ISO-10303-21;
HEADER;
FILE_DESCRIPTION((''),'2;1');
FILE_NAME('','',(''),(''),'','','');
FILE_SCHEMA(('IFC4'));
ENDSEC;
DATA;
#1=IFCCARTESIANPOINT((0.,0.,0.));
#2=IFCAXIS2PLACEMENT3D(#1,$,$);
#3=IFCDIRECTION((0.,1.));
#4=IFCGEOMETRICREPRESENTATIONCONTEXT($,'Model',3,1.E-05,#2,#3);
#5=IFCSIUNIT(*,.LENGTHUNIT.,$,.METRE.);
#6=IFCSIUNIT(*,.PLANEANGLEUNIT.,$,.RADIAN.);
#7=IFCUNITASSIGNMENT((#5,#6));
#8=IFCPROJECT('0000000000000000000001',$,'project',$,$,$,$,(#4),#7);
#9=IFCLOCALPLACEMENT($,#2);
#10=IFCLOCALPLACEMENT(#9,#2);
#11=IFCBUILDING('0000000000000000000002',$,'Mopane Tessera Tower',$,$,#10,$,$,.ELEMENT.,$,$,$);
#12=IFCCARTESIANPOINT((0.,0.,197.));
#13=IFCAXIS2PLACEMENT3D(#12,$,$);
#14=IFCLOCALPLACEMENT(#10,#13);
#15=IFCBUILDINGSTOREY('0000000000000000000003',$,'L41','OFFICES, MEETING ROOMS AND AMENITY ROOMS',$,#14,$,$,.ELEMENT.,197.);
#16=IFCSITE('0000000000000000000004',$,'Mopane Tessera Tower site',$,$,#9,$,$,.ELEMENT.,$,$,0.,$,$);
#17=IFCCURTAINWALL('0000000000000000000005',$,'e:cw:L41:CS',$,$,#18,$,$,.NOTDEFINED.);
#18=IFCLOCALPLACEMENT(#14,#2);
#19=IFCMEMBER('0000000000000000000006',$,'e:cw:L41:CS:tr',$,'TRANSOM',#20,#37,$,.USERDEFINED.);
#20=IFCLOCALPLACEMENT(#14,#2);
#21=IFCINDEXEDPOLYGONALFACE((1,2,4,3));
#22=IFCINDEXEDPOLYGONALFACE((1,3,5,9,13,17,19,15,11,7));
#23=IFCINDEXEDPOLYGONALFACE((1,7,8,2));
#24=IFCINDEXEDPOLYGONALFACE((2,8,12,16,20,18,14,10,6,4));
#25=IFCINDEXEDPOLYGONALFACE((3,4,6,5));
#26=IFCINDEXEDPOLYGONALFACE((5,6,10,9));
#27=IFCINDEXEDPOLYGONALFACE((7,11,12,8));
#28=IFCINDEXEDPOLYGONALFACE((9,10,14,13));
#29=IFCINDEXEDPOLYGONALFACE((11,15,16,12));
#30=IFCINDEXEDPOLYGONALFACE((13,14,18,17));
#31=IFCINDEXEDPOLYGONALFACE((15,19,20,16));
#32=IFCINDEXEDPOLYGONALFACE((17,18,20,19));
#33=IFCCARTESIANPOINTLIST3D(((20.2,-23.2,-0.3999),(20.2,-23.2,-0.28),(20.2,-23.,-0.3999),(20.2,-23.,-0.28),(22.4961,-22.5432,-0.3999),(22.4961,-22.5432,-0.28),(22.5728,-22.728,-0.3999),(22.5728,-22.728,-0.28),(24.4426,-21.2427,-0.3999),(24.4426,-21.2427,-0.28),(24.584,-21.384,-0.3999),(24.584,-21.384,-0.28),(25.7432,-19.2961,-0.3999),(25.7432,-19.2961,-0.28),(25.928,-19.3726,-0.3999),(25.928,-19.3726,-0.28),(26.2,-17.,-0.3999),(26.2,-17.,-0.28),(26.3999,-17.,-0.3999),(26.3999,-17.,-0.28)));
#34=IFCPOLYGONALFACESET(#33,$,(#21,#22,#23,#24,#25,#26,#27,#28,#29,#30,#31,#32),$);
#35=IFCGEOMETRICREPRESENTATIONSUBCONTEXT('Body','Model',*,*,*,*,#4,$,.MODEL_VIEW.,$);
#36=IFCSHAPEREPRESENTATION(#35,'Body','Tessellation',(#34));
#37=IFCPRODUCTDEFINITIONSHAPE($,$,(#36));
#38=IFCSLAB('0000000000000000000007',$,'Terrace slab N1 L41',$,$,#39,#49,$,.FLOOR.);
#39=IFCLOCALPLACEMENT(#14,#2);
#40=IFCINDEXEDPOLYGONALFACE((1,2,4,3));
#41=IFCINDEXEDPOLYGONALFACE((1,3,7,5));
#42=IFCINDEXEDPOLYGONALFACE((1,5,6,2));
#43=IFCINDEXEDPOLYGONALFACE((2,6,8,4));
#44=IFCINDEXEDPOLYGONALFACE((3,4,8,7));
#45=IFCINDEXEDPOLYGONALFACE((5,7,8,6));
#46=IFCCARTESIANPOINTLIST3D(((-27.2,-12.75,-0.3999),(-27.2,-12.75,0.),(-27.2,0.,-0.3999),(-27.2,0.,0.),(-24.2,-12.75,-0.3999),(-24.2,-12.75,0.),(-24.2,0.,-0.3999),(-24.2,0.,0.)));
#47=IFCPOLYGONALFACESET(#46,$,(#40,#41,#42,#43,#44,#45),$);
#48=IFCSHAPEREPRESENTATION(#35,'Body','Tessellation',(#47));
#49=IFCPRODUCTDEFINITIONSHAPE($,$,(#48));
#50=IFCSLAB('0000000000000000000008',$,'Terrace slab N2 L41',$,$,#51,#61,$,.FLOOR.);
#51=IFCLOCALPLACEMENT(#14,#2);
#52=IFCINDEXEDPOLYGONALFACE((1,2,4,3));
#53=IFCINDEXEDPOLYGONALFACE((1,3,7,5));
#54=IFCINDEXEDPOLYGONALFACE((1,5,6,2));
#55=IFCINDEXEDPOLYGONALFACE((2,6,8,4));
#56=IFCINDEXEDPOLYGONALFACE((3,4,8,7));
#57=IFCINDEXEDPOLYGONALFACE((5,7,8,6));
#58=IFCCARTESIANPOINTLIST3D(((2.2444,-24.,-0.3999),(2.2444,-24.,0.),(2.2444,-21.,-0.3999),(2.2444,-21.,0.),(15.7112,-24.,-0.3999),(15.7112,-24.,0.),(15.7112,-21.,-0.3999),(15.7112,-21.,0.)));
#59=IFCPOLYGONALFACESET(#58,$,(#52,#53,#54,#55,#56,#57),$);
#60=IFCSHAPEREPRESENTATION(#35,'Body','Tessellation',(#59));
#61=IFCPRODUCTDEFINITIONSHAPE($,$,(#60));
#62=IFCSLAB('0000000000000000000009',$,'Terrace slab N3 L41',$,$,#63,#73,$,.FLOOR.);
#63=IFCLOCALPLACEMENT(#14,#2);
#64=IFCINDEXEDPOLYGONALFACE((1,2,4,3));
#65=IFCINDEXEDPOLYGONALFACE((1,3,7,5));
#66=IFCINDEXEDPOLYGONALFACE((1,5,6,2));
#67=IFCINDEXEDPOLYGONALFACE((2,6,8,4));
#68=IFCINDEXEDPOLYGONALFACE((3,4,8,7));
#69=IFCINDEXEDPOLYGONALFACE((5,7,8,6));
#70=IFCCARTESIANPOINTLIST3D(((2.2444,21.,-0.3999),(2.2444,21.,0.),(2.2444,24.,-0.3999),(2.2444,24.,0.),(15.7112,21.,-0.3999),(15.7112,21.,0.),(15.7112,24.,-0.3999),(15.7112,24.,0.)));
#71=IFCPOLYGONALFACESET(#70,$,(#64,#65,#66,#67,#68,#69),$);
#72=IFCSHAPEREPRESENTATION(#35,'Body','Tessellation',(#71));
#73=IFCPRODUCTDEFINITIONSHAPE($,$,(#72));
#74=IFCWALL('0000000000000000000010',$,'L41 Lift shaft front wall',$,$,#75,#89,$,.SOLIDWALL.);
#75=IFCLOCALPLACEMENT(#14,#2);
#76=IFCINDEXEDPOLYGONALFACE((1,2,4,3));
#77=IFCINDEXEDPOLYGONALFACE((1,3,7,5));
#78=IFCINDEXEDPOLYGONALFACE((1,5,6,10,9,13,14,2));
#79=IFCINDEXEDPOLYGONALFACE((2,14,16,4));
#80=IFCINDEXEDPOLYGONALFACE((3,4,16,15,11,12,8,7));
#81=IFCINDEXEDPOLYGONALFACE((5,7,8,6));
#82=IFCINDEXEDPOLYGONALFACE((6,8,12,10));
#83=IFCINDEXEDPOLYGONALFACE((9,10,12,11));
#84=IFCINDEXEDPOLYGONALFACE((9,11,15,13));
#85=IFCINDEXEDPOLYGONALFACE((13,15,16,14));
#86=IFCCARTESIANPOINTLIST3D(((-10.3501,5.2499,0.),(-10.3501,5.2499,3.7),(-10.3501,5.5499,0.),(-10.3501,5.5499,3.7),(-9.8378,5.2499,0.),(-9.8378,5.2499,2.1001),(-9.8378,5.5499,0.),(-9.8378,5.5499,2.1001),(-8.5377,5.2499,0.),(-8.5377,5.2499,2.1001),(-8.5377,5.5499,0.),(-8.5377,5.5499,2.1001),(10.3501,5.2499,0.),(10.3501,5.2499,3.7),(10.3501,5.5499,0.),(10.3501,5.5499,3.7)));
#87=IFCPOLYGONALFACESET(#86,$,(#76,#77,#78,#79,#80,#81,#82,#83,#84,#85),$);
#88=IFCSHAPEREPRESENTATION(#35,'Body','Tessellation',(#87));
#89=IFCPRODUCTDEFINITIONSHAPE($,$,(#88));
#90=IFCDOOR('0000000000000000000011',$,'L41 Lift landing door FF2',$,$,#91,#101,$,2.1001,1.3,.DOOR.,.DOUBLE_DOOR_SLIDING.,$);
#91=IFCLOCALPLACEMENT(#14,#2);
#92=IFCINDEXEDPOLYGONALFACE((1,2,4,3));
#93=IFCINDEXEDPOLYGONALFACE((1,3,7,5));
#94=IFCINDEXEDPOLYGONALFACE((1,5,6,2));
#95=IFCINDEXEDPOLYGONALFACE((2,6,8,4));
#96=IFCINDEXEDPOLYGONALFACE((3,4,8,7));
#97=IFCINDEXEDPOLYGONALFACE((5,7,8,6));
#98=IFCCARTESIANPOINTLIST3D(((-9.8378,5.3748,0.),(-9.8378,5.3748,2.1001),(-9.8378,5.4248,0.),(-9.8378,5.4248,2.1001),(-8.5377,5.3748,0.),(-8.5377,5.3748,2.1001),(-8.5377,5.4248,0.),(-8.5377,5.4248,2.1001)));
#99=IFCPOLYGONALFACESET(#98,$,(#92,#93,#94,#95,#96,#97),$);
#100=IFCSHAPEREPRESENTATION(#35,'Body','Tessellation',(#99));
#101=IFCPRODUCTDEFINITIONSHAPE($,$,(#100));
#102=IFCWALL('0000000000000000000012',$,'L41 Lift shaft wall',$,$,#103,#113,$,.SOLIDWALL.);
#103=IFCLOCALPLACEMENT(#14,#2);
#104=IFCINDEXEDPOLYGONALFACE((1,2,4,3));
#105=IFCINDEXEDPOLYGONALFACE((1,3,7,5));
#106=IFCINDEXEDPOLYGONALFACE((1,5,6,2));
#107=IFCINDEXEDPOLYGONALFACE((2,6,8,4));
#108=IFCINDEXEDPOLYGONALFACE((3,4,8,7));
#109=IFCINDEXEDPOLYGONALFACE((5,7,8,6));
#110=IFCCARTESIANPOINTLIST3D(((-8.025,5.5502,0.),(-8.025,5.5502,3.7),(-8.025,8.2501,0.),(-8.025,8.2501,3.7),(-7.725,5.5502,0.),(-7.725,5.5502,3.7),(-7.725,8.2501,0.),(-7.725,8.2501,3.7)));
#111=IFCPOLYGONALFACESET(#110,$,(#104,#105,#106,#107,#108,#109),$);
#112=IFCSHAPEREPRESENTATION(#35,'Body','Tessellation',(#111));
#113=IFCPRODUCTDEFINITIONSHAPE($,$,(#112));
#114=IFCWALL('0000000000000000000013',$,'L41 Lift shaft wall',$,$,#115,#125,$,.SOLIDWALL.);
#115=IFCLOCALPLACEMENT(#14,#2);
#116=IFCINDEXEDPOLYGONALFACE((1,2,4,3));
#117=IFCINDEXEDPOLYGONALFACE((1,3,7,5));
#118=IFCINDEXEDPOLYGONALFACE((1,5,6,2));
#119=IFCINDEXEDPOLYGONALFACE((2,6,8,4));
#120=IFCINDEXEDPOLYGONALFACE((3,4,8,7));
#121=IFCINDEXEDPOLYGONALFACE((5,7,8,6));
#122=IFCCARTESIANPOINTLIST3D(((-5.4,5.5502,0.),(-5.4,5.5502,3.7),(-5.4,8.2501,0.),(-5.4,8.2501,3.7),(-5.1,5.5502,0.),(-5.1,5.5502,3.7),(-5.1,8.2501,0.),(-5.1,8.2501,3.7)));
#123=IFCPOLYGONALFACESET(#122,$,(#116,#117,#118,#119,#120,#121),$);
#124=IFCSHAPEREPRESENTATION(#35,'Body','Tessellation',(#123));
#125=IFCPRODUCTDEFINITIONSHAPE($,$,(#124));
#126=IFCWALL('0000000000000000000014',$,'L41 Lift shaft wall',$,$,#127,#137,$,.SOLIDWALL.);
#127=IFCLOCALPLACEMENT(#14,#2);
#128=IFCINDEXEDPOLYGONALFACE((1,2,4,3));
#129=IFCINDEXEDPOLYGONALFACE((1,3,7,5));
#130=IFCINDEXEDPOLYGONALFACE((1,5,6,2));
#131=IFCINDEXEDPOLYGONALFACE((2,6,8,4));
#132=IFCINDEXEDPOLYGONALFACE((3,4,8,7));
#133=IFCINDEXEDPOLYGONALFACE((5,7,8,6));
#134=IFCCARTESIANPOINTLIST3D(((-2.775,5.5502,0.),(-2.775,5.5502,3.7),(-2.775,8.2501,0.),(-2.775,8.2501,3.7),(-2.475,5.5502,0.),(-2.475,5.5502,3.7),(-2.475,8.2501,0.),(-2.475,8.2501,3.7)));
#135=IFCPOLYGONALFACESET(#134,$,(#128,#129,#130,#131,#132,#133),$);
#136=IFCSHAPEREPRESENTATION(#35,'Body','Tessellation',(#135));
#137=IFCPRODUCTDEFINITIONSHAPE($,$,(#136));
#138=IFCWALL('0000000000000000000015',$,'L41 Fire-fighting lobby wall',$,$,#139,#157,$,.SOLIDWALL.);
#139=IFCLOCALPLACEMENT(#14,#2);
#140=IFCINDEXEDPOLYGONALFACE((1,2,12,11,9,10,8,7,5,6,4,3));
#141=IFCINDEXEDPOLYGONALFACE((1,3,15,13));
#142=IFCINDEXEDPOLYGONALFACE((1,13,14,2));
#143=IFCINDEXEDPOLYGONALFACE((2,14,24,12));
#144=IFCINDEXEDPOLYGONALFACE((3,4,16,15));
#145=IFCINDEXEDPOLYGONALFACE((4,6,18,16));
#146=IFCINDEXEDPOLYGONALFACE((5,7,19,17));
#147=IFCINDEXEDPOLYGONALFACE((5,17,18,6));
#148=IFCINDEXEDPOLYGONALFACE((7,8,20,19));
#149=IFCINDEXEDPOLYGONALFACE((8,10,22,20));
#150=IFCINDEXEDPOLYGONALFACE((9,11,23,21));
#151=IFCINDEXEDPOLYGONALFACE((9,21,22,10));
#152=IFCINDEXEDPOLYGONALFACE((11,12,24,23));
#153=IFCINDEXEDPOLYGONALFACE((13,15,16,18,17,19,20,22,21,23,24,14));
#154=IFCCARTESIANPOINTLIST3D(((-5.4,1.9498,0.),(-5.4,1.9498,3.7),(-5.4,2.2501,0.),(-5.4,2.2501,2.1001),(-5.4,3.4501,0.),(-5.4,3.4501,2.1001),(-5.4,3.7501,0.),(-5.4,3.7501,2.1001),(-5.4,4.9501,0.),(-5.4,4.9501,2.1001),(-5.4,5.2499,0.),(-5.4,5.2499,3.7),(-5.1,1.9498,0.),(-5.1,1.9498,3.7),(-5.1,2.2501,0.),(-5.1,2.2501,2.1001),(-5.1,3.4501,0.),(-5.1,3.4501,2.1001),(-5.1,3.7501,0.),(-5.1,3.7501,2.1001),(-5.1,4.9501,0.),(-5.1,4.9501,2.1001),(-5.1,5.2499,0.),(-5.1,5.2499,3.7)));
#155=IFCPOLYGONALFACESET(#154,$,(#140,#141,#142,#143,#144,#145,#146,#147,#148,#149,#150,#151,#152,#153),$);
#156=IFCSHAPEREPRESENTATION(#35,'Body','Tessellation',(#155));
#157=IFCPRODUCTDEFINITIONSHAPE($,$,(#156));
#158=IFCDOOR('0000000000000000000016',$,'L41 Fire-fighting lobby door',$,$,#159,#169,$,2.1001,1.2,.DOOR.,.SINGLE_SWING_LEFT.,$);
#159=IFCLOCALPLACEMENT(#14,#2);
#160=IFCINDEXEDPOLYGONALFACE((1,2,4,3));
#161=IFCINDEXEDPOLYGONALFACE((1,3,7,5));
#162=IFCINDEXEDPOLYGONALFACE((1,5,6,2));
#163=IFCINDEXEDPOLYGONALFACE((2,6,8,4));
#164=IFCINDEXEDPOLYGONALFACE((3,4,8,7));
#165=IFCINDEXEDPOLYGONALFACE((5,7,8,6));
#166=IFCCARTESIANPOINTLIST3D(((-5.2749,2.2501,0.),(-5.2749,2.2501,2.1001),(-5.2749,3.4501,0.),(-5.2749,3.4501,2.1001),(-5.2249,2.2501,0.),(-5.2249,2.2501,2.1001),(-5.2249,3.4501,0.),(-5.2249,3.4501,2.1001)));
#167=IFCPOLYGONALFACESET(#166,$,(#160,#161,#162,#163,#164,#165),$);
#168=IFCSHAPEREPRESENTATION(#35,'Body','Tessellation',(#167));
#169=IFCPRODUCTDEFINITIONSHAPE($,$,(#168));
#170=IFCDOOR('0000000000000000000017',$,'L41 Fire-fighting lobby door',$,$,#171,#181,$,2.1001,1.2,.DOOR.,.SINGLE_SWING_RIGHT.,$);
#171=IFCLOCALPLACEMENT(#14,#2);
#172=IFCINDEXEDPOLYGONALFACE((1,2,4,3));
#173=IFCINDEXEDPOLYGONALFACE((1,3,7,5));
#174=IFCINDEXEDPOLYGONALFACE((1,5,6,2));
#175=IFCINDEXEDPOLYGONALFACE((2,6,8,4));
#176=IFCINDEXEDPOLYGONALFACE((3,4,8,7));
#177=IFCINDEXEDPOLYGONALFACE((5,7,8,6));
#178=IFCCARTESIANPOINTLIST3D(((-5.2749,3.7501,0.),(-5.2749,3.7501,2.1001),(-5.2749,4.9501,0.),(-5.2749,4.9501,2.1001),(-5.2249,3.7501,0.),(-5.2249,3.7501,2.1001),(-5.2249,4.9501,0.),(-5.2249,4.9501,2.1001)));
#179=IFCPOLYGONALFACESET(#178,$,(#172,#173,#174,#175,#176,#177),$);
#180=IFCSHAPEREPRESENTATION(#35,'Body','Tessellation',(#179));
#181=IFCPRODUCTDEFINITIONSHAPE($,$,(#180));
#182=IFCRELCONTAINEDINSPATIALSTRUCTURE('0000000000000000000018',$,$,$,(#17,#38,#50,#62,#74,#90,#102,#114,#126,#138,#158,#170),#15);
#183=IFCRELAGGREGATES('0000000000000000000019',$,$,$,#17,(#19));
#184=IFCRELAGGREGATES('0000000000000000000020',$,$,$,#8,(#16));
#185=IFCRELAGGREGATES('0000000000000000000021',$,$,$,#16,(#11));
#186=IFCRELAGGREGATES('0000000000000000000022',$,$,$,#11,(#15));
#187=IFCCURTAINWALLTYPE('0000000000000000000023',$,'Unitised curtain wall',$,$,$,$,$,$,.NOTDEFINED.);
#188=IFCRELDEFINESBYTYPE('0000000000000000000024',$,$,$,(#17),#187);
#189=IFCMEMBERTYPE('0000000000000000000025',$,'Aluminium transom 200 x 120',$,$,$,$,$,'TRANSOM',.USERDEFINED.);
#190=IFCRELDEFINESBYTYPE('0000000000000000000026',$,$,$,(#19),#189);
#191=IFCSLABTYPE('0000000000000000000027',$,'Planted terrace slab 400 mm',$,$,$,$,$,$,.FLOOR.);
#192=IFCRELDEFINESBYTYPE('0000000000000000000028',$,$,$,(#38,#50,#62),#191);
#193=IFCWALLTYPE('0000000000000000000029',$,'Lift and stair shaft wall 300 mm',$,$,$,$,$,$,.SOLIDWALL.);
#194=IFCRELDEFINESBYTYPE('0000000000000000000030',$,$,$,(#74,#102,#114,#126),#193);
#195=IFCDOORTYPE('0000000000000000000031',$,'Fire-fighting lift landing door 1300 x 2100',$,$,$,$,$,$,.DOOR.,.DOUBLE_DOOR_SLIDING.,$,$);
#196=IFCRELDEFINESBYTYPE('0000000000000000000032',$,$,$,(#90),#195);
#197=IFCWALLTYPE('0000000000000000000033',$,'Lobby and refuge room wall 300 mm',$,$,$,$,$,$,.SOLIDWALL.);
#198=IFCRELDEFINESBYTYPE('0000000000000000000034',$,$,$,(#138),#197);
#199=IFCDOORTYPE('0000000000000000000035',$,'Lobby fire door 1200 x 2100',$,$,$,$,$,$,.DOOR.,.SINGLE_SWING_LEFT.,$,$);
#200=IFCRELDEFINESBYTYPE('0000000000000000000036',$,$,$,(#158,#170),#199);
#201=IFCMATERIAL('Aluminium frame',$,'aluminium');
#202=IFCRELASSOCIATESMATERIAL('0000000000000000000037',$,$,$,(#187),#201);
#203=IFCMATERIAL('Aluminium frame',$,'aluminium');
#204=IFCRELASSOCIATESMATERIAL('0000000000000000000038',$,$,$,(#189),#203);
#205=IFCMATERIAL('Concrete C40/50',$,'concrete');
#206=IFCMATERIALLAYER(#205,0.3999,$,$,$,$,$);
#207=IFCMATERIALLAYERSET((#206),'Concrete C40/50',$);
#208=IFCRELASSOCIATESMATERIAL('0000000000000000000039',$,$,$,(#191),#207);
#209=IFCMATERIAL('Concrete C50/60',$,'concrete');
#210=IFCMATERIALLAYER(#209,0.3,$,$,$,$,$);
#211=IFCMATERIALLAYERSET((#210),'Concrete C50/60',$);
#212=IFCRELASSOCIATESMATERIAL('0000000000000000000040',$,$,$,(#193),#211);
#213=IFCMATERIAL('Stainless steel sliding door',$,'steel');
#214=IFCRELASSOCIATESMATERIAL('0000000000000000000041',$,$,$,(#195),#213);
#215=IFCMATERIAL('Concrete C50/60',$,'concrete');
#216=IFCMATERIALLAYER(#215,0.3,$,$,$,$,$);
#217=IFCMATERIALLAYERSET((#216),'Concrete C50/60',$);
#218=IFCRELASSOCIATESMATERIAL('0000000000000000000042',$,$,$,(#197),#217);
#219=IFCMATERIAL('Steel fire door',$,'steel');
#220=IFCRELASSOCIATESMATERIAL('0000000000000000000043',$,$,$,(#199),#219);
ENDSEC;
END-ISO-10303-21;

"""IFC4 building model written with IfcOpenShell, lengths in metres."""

from ifc_helpers import new_model, si_unit, direction, frame, frame_2d, origin, origin_2d, place, context, subcontext, project, spatial, polyline, rectangle, outline, extrude, material, layer, layer_set, material_profile, profile_set, type_object, element, fill, aggregate, save


model = new_model("IFC4")

# Units and contexts
model_context = context("Model", 3, precision=1e-05, world=origin(), true_north=direction((0.0, 1.0)))
body_context = subcontext(model_context, "Body", "Model", "MODEL_VIEW")
ifc_project = project(units=[si_unit("LENGTHUNIT", "METRE"), si_unit("PLANEANGLEUNIT", "RADIAN")], contexts=[model_context])

# Site, building, storey
site_placement = place(None, origin())
site = spatial("IfcSite", under=ifc_project, at=site_placement, Name="Mopane Tessera Tower site", CompositionType="ELEMENT", RefElevation=0.0)
building_placement = place(site_placement, origin())
building = spatial("IfcBuilding", under=site, at=building_placement, Name="Mopane Tessera Tower", CompositionType="ELEMENT")
storey_placement = place(building_placement, frame((0.0, 0.0, 197.0)))
storey = spatial("IfcBuildingStorey", under=building, at=storey_placement, Name="L41", Description="OFFICES, MEETING ROOMS AND AMENITY ROOMS", CompositionType="ELEMENT", Elevation=197.0)

# Curtain wall, member
ifc_material_1 = material(Name="Aluminium frame", Category="aluminium")
curtain_wall_type = type_object("IfcCurtainWallType", Name="Unitised curtain wall", PredefinedType="NOTDEFINED", material=ifc_material_1)
curtain_wall_placement = place(storey_placement, origin())
curtain_wall = element("IfcCurtainWall", 1, at=curtain_wall_placement, inside=storey, type_object=curtain_wall_type, Name="e:cw:L41:CS", PredefinedType="NOTDEFINED")
ifc_material_2 = material(Name="Aluminium frame", Category="aluminium")
ifc_material_profile = material_profile(ifc_material_2, rectangle(XDim=0.2, YDim=0.1201, at=origin_2d()))
ifc_profile_set = profile_set([ifc_material_profile], Name="Aluminium frame")
member_type = type_object("IfcMemberType", Name="Aluminium transom 200 x 120", ElementType="TRANSOM", PredefinedType="USERDEFINED", material=ifc_profile_set)
member_placement = place(storey_placement, frame((0.0, 0.0, -0.3999)))
member = element("IfcMember", 2, at=member_placement, type_object=member_type, Name="e:cw:L41:CS:tr", ObjectType="TRANSOM", PredefinedType="USERDEFINED", context=body_context, shape_type="SweptSolid", body=[
    extrude(outline(polyline([(20.2, -23.0), (22.4961, -22.5432), (24.4426, -21.2427), (25.7432, -19.2961), (26.2, -17.0), (26.3999, -17.0), (25.928, -19.3726), (24.584, -21.384), (22.5728, -22.728), (20.2, -23.2), (20.2, -23.0)])), origin(), (0.0, 0.0, 1.0), 0.1199),
])
aggregate(curtain_wall, [member])

# Slabs
ifc_material_3 = material(Name="Concrete C40/50", Category="concrete")
ifc_layer_1 = layer(ifc_material_3, 0.3999)
ifc_layer_set_1 = layer_set([ifc_layer_1], Name="Concrete C40/50")
slab_type = type_object("IfcSlabType", Name="Planted terrace slab 400 mm", PredefinedType="FLOOR", material=ifc_layer_set_1)
slab_1_placement = place(storey_placement, frame((0.0, 0.0, -0.3999)))
element("IfcSlab", 3, at=slab_1_placement, inside=storey, type_object=slab_type, Name="Terrace slab N1 L41", PredefinedType="FLOOR", context=body_context, shape_type="SweptSolid", body=[
    extrude(outline(polyline([(-27.2, -12.75), (-24.2, -12.75), (-24.2, 0.0), (-27.2, 0.0), (-27.2, -12.75)])), origin(), (0.0, 0.0, 1.0), 0.3999),
])
slab_2_placement = place(storey_placement, frame((0.0, 0.0, -0.3999)))
element("IfcSlab", 4, at=slab_2_placement, inside=storey, type_object=slab_type, Name="Terrace slab N2 L41", PredefinedType="FLOOR", context=body_context, shape_type="SweptSolid", body=[
    extrude(outline(polyline([(15.7112, -24.0), (15.7112, -21.0), (2.2444, -21.0), (2.2444, -24.0), (15.7112, -24.0)])), origin(), (0.0, 0.0, 1.0), 0.3999),
])
slab_3_placement = place(storey_placement, frame((0.0, 0.0, -0.3999)))
element("IfcSlab", 5, at=slab_3_placement, inside=storey, type_object=slab_type, Name="Terrace slab N3 L41", PredefinedType="FLOOR", context=body_context, shape_type="SweptSolid", body=[
    extrude(outline(polyline([(2.2444, 24.0), (2.2444, 21.0), (15.7112, 21.0), (15.7112, 24.0), (2.2444, 24.0)])), origin(), (0.0, 0.0, 1.0), 0.3999),
])

# Wall, opening, door
ifc_material_4 = material(Name="Concrete C50/60", Category="concrete")
ifc_layer_2 = layer(ifc_material_4, 0.3)
ifc_layer_set_2 = layer_set([ifc_layer_2], Name="Concrete C50/60")
wall_type_1 = type_object("IfcWallType", Name="Lift and stair shaft wall 300 mm", PredefinedType="SOLIDWALL", material=ifc_layer_set_2)
wall_1_placement = place(storey_placement, frame((-10.3501, 5.3999, 0.0), z_axis=(0.0, 0.0, 1.0), x_axis=(1.0, 0.0, 0.0)))
wall_1 = element("IfcWall", 6, at=wall_1_placement, inside=storey, type_object=wall_type_1, Name="L41 Lift shaft front wall", PredefinedType="SOLIDWALL", context=body_context, shape_type="SweptSolid", body=[
    extrude(rectangle(XDim=20.7002, YDim=0.3, at=frame_2d((10.3501, 0.0))), origin(), (0.0, 0.0, 1.0), 3.7),
])
opening_1_placement = place(wall_1_placement, frame((0.5125, 0.0, 0.0)))
opening_1 = element("IfcOpeningElement", 7, at=opening_1_placement, cuts=wall_1, PredefinedType="OPENING", context=body_context, shape_type="SweptSolid", body=[
    extrude(rectangle(XDim=1.3, YDim=2.1001, at=frame_2d((0.6499, 1.05))), frame((0.0, 0.1621, 0.0), z_axis=(0.0, -1.0, 0.0), x_axis=(1.0, 0.0, 0.0)), (0.0, 0.0, 1.0), 0.324),
])
ifc_material_5 = material(Name="Stainless steel sliding door", Category="steel")
door_type_1 = type_object("IfcDoorType", Name="Fire-fighting lift landing door 1300 x 2100", OperationType="DOUBLE_DOOR_SLIDING", PredefinedType="DOOR", material=ifc_material_5)
door_1_placement = place(opening_1_placement, origin())
door_1 = element("IfcDoor", 8, at=door_1_placement, inside=storey, type_object=door_type_1, Name="L41 Lift landing door FF2", OperationType="DOUBLE_DOOR_SLIDING", OverallHeight=2.1001, OverallWidth=1.3, PredefinedType="DOOR", context=body_context, shape_type="SweptSolid", body=[
    extrude(rectangle(XDim=1.3, YDim=2.1001, at=frame_2d((0.6499, 1.05))), frame((0.0, 0.0249, 0.0), z_axis=(0.0, -1.0, 0.0), x_axis=(1.0, 0.0, 0.0)), (0.0, 0.0, 1.0), 0.05),
])
fill(opening_1, door_1)

# Walls
for number, where, z_axis, x_axis, name in (
    (9, (-7.875, 5.55, 0.0), (0.0, 0.0, 1.0), (0.0, 1.0, 0.0), "L41 Lift shaft wall"),
    (10, (-5.25, 5.55, 0.0), (0.0, 0.0, 1.0), (0.0, 1.0, 0.0), "L41 Lift shaft wall"),
    (11, (-2.625, 5.55, 0.0), (0.0, 0.0, 1.0), (0.0, 1.0, 0.0), "L41 Lift shaft wall"),
):
    element("IfcWall", number, at=place(storey_placement, frame(where, z_axis=z_axis, x_axis=x_axis)), inside=storey, type_object=wall_type_1, Name=name, PredefinedType="SOLIDWALL", context=body_context, shape_type="SweptSolid", body=[
        extrude(rectangle(XDim=2.7, YDim=0.3, at=frame_2d((1.3501, 0.0))), origin(), (0.0, 0.0, 1.0), 3.7),
    ])

# Wall, openings, doors
ifc_material_6 = material(Name="Concrete C50/60", Category="concrete")
ifc_layer_3 = layer(ifc_material_6, 0.3)
ifc_layer_set_3 = layer_set([ifc_layer_3], Name="Concrete C50/60")
wall_type_2 = type_object("IfcWallType", Name="Lobby and refuge room wall 300 mm", PredefinedType="SOLIDWALL", material=ifc_layer_set_3)
wall_2_placement = place(storey_placement, frame((-5.25, 1.95, 0.0), z_axis=(0.0, 0.0, 1.0), x_axis=(0.0, 1.0, 0.0)))
wall_2 = element("IfcWall", 12, at=wall_2_placement, inside=storey, type_object=wall_type_2, Name="L41 Fire-fighting lobby wall", PredefinedType="SOLIDWALL", context=body_context, shape_type="SweptSolid", body=[
    extrude(rectangle(XDim=3.3, YDim=0.3, at=frame_2d((1.6499, 0.0))), origin(), (0.0, 0.0, 1.0), 3.7),
])
opening_2_placement = place(wall_2_placement, frame((0.3, 0.0, 0.0)))
opening_2 = element("IfcOpeningElement", 13, at=opening_2_placement, cuts=wall_2, PredefinedType="OPENING", context=body_context, shape_type="SweptSolid", body=[
    extrude(rectangle(XDim=1.2, YDim=2.1001, at=frame_2d((0.6001, 1.05))), frame((0.0, 0.1621, 0.0), z_axis=(0.0, -1.0, 0.0), x_axis=(1.0, 0.0, 0.0)), (0.0, 0.0, 1.0), 0.324),
])
opening_3_placement = place(wall_2_placement, frame((1.8, 0.0, 0.0)))
opening_3 = element("IfcOpeningElement", 14, at=opening_3_placement, cuts=wall_2, PredefinedType="OPENING", context=body_context, shape_type="SweptSolid", body=[
    extrude(rectangle(XDim=1.2, YDim=2.1001, at=frame_2d((0.6001, 1.05))), frame((0.0, 0.1621, 0.0), z_axis=(0.0, -1.0, 0.0), x_axis=(1.0, 0.0, 0.0)), (0.0, 0.0, 1.0), 0.324),
])
ifc_material_7 = material(Name="Steel fire door", Category="steel")
door_type_2 = type_object("IfcDoorType", Name="Lobby fire door 1200 x 2100", OperationType="SINGLE_SWING_LEFT", PredefinedType="DOOR", material=ifc_material_7)
door_2_placement = place(opening_2_placement, origin())
door_2 = element("IfcDoor", 15, at=door_2_placement, inside=storey, type_object=door_type_2, Name="L41 Fire-fighting lobby door", OperationType="SINGLE_SWING_LEFT", OverallHeight=2.1001, OverallWidth=1.2, PredefinedType="DOOR", context=body_context, shape_type="SweptSolid", body=[
    extrude(rectangle(XDim=1.2, YDim=2.1001, at=frame_2d((0.6001, 1.05))), frame((0.0, 0.0249, 0.0), z_axis=(0.0, -1.0, 0.0), x_axis=(1.0, 0.0, 0.0)), (0.0, 0.0, 1.0), 0.05),
])
fill(opening_2, door_2)
door_3_placement = place(opening_3_placement, origin())
door_3 = element("IfcDoor", 16, at=door_3_placement, inside=storey, type_object=door_type_2, Name="L41 Fire-fighting lobby door", OperationType="SINGLE_SWING_RIGHT", OverallHeight=2.1001, OverallWidth=1.2, PredefinedType="DOOR", context=body_context, shape_type="SweptSolid", body=[
    extrude(rectangle(XDim=1.2, YDim=2.1001, at=frame_2d((0.6001, 1.05))), frame((0.0, 0.0249, 0.0), z_axis=(0.0, -1.0, 0.0), x_axis=(1.0, 0.0, 0.0)), (0.0, 0.0, 1.0), 0.05),
])
fill(opening_3, door_3)

save(model, "model.ifc")
